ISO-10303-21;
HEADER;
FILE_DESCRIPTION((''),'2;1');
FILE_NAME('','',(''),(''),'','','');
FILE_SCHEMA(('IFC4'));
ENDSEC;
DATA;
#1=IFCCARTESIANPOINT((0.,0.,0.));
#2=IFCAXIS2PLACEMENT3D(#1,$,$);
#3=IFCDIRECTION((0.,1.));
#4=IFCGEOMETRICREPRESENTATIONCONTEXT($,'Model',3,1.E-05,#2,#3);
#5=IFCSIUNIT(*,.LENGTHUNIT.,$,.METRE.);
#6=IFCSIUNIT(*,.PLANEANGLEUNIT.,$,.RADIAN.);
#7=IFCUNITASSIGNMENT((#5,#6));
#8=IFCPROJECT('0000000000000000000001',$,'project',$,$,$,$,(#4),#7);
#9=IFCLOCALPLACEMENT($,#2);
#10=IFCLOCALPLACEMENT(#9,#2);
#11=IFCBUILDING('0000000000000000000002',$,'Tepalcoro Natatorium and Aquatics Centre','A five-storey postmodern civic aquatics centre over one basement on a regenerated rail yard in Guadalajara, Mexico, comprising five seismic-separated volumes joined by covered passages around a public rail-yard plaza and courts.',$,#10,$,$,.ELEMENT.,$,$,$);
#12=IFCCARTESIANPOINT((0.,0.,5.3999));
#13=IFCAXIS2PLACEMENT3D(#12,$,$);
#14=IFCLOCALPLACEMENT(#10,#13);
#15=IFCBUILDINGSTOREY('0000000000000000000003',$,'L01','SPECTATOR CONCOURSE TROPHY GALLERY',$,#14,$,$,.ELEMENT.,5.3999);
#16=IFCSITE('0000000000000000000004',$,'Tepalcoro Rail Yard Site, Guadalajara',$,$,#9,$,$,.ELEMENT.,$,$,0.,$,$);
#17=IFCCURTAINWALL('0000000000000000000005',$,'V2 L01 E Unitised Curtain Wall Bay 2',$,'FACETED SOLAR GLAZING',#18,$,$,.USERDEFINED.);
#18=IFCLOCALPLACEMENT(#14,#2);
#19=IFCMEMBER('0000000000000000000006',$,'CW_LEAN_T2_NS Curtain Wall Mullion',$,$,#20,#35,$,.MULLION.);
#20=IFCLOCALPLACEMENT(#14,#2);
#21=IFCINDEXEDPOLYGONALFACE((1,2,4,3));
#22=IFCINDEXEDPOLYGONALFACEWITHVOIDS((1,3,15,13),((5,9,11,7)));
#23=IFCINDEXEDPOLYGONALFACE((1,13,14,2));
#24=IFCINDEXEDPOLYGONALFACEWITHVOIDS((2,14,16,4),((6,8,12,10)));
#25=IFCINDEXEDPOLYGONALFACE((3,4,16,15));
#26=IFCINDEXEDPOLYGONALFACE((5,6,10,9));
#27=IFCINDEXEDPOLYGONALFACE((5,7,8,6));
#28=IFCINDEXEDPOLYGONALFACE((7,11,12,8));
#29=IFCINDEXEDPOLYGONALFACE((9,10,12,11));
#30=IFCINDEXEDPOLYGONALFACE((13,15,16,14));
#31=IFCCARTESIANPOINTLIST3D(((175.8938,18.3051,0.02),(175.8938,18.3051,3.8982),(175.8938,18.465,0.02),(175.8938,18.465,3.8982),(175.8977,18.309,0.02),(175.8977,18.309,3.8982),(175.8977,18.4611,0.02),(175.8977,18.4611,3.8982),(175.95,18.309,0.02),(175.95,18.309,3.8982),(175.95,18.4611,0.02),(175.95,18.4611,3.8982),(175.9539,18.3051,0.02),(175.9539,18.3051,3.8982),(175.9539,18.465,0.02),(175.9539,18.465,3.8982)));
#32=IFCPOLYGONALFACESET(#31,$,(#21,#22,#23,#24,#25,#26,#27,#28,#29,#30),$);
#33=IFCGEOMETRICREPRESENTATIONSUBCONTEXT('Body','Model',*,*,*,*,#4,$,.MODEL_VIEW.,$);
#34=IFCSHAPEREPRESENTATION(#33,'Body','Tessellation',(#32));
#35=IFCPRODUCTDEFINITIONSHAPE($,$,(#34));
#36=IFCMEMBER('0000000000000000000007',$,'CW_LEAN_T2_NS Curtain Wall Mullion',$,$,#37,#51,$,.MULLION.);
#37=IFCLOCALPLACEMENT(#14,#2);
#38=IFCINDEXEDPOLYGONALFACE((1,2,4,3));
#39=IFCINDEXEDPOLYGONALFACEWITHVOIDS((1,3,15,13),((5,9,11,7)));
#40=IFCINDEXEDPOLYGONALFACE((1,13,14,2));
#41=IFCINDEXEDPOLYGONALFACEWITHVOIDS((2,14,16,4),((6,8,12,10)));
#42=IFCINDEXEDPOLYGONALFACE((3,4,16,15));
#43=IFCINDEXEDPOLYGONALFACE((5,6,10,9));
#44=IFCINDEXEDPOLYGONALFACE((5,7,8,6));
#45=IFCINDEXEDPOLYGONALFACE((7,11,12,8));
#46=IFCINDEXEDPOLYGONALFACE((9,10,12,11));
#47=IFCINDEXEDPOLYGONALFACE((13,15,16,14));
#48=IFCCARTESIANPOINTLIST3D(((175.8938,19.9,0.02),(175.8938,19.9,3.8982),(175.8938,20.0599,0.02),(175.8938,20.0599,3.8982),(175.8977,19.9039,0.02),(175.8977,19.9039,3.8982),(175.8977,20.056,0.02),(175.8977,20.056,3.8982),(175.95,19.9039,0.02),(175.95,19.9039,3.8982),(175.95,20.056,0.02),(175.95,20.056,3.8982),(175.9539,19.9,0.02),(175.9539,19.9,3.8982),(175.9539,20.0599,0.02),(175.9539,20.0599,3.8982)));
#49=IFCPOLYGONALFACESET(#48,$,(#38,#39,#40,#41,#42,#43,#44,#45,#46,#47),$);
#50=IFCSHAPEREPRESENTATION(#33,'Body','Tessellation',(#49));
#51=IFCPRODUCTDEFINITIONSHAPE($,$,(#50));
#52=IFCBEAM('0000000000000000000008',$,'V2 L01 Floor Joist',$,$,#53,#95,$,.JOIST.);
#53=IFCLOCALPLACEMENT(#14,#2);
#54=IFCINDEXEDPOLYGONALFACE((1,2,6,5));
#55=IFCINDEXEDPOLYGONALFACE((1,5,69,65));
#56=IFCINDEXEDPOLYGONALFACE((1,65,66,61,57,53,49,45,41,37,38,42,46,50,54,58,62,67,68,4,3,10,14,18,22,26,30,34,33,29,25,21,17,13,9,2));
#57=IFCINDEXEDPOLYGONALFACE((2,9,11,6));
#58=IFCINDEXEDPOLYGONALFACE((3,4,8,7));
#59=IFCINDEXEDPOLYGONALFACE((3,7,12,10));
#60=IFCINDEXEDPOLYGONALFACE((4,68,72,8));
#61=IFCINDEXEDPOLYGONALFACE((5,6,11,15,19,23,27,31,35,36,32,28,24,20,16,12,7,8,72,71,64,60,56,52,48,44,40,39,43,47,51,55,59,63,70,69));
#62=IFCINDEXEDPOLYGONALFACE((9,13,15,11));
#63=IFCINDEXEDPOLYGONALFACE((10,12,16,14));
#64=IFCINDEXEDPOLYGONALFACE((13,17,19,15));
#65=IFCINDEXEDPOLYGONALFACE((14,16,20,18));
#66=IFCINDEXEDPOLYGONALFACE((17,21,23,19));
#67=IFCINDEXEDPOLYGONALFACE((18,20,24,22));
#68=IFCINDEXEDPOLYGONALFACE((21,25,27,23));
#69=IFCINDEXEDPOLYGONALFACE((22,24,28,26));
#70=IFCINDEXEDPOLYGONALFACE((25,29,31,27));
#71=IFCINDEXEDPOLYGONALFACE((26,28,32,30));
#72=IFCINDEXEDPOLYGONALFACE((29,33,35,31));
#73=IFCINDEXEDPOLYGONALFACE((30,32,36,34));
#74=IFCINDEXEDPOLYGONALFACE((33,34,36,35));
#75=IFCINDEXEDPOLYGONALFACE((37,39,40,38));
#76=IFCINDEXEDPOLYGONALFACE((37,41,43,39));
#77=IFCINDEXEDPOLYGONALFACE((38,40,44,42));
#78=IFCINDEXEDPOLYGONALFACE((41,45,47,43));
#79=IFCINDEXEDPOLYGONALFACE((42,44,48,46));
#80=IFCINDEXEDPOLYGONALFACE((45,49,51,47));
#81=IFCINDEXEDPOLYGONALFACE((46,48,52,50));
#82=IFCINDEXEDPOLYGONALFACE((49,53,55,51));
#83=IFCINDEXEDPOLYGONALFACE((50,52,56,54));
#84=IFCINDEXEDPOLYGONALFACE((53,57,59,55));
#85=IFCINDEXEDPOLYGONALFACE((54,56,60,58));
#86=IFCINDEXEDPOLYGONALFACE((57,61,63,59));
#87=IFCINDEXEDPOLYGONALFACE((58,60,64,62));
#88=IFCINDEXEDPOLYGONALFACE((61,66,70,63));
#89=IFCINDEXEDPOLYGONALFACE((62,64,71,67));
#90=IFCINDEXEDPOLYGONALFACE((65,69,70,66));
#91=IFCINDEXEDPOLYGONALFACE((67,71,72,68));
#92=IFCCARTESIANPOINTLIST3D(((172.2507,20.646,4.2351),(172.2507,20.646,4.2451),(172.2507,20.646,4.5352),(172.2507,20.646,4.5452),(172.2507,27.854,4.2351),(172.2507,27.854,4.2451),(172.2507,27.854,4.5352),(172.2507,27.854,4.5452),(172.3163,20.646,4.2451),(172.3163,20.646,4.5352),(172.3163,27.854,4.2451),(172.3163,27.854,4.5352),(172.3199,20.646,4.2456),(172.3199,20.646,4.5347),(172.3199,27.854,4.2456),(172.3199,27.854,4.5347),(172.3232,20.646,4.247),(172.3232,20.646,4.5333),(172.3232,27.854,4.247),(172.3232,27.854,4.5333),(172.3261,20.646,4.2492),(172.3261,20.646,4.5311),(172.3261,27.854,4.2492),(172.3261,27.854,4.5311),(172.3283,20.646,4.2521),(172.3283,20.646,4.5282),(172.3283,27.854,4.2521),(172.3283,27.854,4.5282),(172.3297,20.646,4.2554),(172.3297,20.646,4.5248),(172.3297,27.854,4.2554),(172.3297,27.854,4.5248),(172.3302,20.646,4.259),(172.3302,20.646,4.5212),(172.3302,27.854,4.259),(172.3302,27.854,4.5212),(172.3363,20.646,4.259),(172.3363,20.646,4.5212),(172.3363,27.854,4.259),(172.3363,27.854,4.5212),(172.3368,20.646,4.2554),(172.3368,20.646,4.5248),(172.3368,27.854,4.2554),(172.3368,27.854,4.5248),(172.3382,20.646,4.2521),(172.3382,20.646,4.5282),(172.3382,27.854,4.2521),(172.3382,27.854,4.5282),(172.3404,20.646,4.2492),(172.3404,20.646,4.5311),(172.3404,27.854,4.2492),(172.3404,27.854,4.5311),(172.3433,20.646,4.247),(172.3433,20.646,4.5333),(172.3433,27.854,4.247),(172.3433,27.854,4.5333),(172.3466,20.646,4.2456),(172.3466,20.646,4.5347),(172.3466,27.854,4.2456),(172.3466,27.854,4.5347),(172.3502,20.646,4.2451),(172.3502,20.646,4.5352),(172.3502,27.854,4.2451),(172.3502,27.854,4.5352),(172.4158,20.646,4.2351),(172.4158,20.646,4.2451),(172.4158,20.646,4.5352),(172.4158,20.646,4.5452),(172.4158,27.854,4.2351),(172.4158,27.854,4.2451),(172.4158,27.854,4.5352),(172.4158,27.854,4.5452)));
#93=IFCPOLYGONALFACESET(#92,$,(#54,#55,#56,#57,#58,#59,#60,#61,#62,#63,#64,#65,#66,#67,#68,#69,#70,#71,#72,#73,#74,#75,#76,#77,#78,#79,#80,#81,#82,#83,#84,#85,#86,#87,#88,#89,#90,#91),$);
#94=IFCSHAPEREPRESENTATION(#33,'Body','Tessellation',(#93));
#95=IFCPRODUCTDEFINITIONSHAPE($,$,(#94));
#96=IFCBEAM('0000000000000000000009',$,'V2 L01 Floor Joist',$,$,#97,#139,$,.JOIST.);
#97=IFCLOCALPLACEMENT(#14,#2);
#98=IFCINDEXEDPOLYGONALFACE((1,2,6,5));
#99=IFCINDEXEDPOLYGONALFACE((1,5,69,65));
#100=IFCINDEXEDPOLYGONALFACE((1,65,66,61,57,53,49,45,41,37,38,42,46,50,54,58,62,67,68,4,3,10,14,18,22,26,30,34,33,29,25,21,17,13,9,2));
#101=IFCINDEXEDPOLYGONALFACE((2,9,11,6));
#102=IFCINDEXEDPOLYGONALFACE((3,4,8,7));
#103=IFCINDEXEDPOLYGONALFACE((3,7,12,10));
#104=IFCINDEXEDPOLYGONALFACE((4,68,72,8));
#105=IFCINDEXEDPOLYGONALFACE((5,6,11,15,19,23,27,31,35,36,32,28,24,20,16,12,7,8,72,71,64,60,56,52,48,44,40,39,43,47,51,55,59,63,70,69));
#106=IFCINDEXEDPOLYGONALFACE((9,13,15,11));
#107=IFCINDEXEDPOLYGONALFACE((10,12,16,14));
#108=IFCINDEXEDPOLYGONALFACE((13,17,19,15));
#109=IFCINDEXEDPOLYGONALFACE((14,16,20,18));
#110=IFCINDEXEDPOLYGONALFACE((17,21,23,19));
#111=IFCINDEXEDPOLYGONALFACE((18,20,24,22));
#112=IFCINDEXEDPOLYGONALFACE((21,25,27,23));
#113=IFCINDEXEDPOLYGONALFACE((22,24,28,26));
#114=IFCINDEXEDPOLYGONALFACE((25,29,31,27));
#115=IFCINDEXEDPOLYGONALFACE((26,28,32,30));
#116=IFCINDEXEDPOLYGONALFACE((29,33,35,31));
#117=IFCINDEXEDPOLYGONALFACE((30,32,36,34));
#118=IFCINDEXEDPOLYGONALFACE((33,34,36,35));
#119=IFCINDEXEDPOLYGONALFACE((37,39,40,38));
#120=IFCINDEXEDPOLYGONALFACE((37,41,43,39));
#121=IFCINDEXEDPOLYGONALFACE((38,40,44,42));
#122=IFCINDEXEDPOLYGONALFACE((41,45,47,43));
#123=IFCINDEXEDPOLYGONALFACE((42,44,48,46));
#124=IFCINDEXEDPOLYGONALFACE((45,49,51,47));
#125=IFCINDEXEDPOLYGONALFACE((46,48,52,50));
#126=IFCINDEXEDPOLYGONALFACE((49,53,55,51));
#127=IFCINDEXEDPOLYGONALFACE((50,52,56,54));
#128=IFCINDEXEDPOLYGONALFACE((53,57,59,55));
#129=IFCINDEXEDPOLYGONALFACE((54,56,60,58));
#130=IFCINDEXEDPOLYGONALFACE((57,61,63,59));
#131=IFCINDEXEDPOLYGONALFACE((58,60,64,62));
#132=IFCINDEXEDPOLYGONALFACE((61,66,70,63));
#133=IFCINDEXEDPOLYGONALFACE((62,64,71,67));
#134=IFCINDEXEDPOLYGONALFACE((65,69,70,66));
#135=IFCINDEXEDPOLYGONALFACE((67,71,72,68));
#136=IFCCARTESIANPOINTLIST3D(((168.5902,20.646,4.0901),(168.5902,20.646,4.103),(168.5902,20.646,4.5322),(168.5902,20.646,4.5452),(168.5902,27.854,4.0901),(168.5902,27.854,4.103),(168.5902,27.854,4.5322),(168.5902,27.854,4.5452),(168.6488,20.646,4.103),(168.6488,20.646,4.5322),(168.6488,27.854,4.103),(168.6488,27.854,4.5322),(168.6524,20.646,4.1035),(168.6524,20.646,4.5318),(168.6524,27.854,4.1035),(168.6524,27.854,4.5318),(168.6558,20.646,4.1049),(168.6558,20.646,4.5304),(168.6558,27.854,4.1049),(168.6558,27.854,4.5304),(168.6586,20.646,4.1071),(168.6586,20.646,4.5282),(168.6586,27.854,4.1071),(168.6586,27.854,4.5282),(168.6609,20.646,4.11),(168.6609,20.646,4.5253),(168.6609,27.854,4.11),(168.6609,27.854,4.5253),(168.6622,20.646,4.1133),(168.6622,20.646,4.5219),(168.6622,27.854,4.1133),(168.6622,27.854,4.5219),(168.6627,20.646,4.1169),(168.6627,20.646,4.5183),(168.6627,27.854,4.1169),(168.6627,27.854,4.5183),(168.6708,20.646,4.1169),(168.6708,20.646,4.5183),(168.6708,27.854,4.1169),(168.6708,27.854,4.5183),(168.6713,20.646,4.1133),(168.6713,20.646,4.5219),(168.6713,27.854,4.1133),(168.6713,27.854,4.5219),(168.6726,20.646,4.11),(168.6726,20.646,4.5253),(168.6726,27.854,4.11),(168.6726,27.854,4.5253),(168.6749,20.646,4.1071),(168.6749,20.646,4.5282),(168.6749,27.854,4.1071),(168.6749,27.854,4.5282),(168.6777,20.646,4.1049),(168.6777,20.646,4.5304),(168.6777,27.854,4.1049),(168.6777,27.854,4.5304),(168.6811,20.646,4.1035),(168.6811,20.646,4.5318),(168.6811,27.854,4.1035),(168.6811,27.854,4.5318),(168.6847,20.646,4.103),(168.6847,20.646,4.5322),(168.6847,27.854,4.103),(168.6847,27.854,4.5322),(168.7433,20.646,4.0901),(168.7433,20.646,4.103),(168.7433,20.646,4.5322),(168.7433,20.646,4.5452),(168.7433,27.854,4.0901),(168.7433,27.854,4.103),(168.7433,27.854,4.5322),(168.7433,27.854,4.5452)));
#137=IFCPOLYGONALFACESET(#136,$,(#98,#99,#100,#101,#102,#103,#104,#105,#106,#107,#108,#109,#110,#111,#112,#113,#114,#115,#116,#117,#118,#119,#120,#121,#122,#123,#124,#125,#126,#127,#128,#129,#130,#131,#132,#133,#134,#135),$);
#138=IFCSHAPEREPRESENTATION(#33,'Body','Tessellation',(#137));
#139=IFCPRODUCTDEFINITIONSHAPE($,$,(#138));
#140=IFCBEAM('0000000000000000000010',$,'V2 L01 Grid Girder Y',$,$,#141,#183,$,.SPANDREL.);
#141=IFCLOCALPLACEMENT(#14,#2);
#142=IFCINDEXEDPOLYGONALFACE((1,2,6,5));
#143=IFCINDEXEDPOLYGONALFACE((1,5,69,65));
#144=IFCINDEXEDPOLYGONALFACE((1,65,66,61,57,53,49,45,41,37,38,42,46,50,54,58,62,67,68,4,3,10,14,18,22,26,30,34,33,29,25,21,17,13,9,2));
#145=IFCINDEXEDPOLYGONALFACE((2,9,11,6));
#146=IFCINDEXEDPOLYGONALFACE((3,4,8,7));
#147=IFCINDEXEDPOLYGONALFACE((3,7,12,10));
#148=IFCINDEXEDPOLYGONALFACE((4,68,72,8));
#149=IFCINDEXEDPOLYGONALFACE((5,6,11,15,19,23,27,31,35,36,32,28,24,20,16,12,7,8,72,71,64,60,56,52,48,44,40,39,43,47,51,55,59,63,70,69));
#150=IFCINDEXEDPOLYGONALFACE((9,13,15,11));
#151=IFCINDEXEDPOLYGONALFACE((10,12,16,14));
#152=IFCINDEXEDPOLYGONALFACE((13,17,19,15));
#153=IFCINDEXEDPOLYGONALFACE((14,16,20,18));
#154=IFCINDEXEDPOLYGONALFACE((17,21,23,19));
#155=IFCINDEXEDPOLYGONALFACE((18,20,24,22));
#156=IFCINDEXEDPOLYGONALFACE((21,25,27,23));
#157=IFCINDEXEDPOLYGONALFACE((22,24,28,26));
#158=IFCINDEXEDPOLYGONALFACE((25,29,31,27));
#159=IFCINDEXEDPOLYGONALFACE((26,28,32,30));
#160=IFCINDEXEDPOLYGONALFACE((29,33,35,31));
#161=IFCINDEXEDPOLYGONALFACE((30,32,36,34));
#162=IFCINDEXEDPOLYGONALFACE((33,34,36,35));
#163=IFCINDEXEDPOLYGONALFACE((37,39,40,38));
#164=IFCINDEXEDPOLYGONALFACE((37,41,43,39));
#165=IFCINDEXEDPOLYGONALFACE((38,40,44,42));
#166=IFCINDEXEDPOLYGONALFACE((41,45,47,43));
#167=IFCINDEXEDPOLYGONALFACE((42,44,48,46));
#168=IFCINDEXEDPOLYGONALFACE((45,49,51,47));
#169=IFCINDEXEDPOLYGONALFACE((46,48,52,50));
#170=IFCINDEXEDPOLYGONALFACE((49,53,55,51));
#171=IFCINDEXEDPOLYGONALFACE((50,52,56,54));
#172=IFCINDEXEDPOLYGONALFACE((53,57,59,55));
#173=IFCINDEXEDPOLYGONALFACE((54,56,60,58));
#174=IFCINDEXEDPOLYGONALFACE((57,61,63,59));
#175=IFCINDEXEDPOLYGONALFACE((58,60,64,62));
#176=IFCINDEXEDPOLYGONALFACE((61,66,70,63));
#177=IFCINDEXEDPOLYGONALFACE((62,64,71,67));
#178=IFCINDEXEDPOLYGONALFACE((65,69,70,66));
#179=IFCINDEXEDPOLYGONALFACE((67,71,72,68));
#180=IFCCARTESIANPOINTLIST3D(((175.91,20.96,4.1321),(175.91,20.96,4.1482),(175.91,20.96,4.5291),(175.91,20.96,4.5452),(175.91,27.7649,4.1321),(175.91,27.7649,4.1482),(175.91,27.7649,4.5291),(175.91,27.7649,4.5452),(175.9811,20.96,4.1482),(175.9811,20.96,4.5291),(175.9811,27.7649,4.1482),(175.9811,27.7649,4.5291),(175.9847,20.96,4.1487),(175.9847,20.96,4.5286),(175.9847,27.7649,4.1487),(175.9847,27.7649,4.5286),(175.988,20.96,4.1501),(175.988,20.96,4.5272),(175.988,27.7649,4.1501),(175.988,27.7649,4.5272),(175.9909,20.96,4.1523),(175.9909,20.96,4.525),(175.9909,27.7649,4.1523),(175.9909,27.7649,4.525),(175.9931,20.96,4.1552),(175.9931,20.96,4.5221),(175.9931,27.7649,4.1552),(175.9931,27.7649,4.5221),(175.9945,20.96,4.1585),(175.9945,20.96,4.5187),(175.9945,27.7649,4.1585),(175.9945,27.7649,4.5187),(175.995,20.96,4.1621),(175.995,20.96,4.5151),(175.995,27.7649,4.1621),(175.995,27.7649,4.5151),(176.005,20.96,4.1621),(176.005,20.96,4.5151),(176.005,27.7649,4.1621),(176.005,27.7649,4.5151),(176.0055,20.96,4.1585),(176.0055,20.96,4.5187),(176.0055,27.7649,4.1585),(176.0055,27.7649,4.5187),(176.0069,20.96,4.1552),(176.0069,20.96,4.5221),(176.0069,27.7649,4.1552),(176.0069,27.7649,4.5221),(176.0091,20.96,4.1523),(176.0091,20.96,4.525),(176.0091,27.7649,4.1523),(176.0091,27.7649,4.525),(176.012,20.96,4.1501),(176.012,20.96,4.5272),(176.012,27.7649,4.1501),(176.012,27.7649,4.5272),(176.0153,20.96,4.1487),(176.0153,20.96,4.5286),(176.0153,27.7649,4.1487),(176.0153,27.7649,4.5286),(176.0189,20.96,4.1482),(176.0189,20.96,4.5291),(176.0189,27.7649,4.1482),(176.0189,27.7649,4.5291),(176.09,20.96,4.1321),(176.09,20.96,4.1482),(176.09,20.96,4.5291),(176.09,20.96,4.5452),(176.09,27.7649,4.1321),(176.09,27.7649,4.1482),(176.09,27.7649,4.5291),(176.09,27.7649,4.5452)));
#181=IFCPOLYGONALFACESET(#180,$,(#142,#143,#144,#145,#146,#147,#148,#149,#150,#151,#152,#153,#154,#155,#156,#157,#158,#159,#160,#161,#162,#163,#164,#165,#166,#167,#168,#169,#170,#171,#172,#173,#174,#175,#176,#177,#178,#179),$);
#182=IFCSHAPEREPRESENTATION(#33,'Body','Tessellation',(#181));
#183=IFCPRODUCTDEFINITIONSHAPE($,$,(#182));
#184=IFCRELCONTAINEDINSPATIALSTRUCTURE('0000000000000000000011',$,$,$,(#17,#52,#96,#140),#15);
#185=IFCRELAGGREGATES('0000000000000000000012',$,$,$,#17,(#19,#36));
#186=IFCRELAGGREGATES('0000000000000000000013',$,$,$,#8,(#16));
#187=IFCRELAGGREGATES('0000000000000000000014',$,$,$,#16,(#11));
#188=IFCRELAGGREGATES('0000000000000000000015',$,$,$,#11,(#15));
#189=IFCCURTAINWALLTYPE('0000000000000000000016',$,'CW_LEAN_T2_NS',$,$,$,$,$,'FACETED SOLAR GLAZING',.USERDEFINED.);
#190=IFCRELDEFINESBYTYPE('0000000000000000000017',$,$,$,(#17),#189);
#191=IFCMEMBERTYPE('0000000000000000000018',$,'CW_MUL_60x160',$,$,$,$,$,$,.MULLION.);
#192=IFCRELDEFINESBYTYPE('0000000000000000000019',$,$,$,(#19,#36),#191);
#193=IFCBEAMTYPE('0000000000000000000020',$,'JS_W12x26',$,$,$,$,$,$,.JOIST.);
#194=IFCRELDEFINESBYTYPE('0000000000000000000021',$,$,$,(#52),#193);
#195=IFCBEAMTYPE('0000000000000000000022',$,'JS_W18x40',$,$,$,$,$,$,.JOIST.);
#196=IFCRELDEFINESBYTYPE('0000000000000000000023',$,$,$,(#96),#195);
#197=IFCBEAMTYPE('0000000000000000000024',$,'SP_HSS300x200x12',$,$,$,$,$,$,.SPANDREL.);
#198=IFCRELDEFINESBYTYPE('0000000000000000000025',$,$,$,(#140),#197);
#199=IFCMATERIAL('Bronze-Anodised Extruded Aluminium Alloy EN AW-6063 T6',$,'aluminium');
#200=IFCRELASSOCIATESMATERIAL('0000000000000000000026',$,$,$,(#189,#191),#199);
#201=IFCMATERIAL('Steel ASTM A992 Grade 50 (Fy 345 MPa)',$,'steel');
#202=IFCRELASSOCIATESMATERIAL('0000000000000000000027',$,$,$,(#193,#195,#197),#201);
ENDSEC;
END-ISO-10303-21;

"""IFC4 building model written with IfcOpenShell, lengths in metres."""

from ifc_helpers import new_model, si_unit, direction, frame, origin, origin_2d, place, context, subcontext, project, spatial, hollow_rectangle, i_section, extrude, material, material_profile, profile_set, type_object, element, aggregate, save


model = new_model("IFC4")

# Units and contexts
model_context = context("Model", 3, precision=1e-05, world=origin(), true_north=direction((0.0, 1.0)))
body_context = subcontext(model_context, "Body", "Model", "MODEL_VIEW")
ifc_project = project(units=[si_unit("LENGTHUNIT", "METRE"), si_unit("PLANEANGLEUNIT", "RADIAN")], contexts=[model_context])

# Site, building, storey
site_placement = place(None, origin())
site = spatial("IfcSite", under=ifc_project, at=site_placement, Name="Tepalcoro Rail Yard Site, Guadalajara", CompositionType="ELEMENT", RefElevation=0.0)
building_placement = place(site_placement, origin())
building = spatial("IfcBuilding", under=site, at=building_placement, Name="Tepalcoro Natatorium and Aquatics Centre", Description="A five-storey postmodern civic aquatics centre over one basement on a regenerated rail yard in Guadalajara, Mexico, comprising five seismic-separated volumes joined by covered passages around a public rail-yard plaza and courts.", CompositionType="ELEMENT")
storey_placement = place(building_placement, frame((0.0, 0.0, 5.3999)))
storey = spatial("IfcBuildingStorey", under=building, at=storey_placement, Name="L01", Description="SPECTATOR CONCOURSE TROPHY GALLERY", CompositionType="ELEMENT", Elevation=5.3999)

# Shared definitions
ifc_material_1 = material(Name="Steel ASTM A992 Grade 50 (Fy 345 MPa)", Category="steel")

# Curtain wall, members
ifc_material_2 = material(Name="Bronze-Anodised Extruded Aluminium Alloy EN AW-6063 T6", Category="aluminium")
curtain_wall_type = type_object("IfcCurtainWallType", Name="CW_LEAN_T2_NS", ElementType="FACETED SOLAR GLAZING", PredefinedType="USERDEFINED", material=ifc_material_2)
curtain_wall_placement = place(storey_placement, origin())
curtain_wall = element("IfcCurtainWall", 1, at=curtain_wall_placement, inside=storey, type_object=curtain_wall_type, Name="V2 L01 E Unitised Curtain Wall Bay 2", ObjectType="FACETED SOLAR GLAZING", PredefinedType="USERDEFINED")
ifc_material_profile_1 = material_profile(ifc_material_2, hollow_rectangle(XDim=0.0601, YDim=0.1599, WallThickness=0.0039, at=origin_2d()), Name="AL60X160X4")
ifc_profile_set_1 = profile_set([ifc_material_profile_1], Name="Bronze-Anodised Extruded Aluminium Alloy EN AW-6063 T6")
member_type = type_object("IfcMemberType", Name="CW_MUL_60x160", PredefinedType="MULLION", material=ifc_profile_set_1)
member_1_placement = place(storey_placement, frame((175.9238, 18.385, 0.02), z_axis=(0.0, 0.0, 1.0), x_axis=(1.0, 0.0, 0.0)))
member_1 = element("IfcMember", 2, at=member_1_placement, type_object=member_type, Name="CW_LEAN_T2_NS Curtain Wall Mullion", PredefinedType="MULLION", context=body_context, shape_type="SweptSolid", body=[
    extrude(hollow_rectangle(XDim=0.0601, YDim=0.1599, WallThickness=0.0039, at=origin_2d()), origin(), (0.0, 0.0, 1.0), 3.8782),
])
member_2_placement = place(storey_placement, frame((175.9238, 19.98, 0.02), z_axis=(0.0, 0.0, 1.0), x_axis=(1.0, 0.0, 0.0)))
member_2 = element("IfcMember", 3, at=member_2_placement, type_object=member_type, Name="CW_LEAN_T2_NS Curtain Wall Mullion", PredefinedType="MULLION", context=body_context, shape_type="SweptSolid", body=[
    extrude(hollow_rectangle(XDim=0.0601, YDim=0.1599, WallThickness=0.0039, at=origin_2d()), origin(), (0.0, 0.0, 1.0), 3.8782),
])

# Beams
ifc_material_profile_2 = material_profile(ifc_material_1, i_section(OverallWidth=0.165, OverallDepth=0.3101, WebThickness=0.0061, FlangeThickness=0.01, FilletRadius=0.0139, at=origin_2d()), Name="W12X26")
ifc_profile_set_2 = profile_set([ifc_material_profile_2], Name="Steel ASTM A992 Grade 50 (Fy 345 MPa)")
beam_type_1 = type_object("IfcBeamType", Name="JS_W12x26", PredefinedType="JOIST", material=ifc_profile_set_2)
beam_1_placement = place(storey_placement, frame((172.3333, 20.646, 4.3901), z_axis=(0.0, 1.0, 0.0), x_axis=(-1.0, 0.0, 0.0)))
element("IfcBeam", 4, at=beam_1_placement, inside=storey, type_object=beam_type_1, Name="V2 L01 Floor Joist", PredefinedType="JOIST", context=body_context, shape_type="SweptSolid", body=[
    extrude(i_section(OverallWidth=0.165, OverallDepth=0.3101, WebThickness=0.0061, FlangeThickness=0.01, FilletRadius=0.0139, at=origin_2d()), origin(), (0.0, 0.0, 1.0), 7.208),
])
ifc_material_profile_3 = material_profile(ifc_material_1, i_section(OverallWidth=0.1531, OverallDepth=0.4551, WebThickness=0.0081, FlangeThickness=0.0129, FilletRadius=0.0139, at=origin_2d()), Name="W18X40")
ifc_profile_set_3 = profile_set([ifc_material_profile_3], Name="Steel ASTM A992 Grade 50 (Fy 345 MPa)")
beam_type_2 = type_object("IfcBeamType", Name="JS_W18x40", PredefinedType="JOIST", material=ifc_profile_set_3)
beam_2_placement = place(storey_placement, frame((168.6667, 20.646, 4.3176), z_axis=(0.0, 1.0, 0.0), x_axis=(-1.0, 0.0, 0.0)))
element("IfcBeam", 5, at=beam_2_placement, inside=storey, type_object=beam_type_2, Name="V2 L01 Floor Joist", PredefinedType="JOIST", context=body_context, shape_type="SweptSolid", body=[
    extrude(i_section(OverallWidth=0.1531, OverallDepth=0.4551, WebThickness=0.0081, FlangeThickness=0.0129, FilletRadius=0.0139, at=origin_2d()), origin(), (0.0, 0.0, 1.0), 7.208),
])
ifc_material_profile_4 = material_profile(ifc_material_1, i_section(OverallWidth=0.1799, OverallDepth=0.4131, WebThickness=0.01, FlangeThickness=0.0161, FilletRadius=0.0139, at=origin_2d()), Name="W16X50")
ifc_profile_set_4 = profile_set([ifc_material_profile_4], Name="Steel ASTM A992 Grade 50 (Fy 345 MPa)")
beam_type_3 = type_object("IfcBeamType", Name="SP_HSS300x200x12", PredefinedType="SPANDREL", material=ifc_profile_set_4)
beam_3_placement = place(storey_placement, frame((176.0, 20.96, 4.3386), z_axis=(0.0, 1.0, 0.0), x_axis=(-1.0, 0.0, 0.0)))
element("IfcBeam", 6, at=beam_3_placement, inside=storey, type_object=beam_type_3, Name="V2 L01 Grid Girder Y", PredefinedType="SPANDREL", context=body_context, shape_type="SweptSolid", body=[
    extrude(i_section(OverallWidth=0.1799, OverallDepth=0.4131, WebThickness=0.01, FlangeThickness=0.0161, FilletRadius=0.0139, at=origin_2d()), origin(), (0.0, 0.0, 1.0), 6.8049),
])

aggregate(curtain_wall, [member_1, member_2])

save(model, "model.ifc")
